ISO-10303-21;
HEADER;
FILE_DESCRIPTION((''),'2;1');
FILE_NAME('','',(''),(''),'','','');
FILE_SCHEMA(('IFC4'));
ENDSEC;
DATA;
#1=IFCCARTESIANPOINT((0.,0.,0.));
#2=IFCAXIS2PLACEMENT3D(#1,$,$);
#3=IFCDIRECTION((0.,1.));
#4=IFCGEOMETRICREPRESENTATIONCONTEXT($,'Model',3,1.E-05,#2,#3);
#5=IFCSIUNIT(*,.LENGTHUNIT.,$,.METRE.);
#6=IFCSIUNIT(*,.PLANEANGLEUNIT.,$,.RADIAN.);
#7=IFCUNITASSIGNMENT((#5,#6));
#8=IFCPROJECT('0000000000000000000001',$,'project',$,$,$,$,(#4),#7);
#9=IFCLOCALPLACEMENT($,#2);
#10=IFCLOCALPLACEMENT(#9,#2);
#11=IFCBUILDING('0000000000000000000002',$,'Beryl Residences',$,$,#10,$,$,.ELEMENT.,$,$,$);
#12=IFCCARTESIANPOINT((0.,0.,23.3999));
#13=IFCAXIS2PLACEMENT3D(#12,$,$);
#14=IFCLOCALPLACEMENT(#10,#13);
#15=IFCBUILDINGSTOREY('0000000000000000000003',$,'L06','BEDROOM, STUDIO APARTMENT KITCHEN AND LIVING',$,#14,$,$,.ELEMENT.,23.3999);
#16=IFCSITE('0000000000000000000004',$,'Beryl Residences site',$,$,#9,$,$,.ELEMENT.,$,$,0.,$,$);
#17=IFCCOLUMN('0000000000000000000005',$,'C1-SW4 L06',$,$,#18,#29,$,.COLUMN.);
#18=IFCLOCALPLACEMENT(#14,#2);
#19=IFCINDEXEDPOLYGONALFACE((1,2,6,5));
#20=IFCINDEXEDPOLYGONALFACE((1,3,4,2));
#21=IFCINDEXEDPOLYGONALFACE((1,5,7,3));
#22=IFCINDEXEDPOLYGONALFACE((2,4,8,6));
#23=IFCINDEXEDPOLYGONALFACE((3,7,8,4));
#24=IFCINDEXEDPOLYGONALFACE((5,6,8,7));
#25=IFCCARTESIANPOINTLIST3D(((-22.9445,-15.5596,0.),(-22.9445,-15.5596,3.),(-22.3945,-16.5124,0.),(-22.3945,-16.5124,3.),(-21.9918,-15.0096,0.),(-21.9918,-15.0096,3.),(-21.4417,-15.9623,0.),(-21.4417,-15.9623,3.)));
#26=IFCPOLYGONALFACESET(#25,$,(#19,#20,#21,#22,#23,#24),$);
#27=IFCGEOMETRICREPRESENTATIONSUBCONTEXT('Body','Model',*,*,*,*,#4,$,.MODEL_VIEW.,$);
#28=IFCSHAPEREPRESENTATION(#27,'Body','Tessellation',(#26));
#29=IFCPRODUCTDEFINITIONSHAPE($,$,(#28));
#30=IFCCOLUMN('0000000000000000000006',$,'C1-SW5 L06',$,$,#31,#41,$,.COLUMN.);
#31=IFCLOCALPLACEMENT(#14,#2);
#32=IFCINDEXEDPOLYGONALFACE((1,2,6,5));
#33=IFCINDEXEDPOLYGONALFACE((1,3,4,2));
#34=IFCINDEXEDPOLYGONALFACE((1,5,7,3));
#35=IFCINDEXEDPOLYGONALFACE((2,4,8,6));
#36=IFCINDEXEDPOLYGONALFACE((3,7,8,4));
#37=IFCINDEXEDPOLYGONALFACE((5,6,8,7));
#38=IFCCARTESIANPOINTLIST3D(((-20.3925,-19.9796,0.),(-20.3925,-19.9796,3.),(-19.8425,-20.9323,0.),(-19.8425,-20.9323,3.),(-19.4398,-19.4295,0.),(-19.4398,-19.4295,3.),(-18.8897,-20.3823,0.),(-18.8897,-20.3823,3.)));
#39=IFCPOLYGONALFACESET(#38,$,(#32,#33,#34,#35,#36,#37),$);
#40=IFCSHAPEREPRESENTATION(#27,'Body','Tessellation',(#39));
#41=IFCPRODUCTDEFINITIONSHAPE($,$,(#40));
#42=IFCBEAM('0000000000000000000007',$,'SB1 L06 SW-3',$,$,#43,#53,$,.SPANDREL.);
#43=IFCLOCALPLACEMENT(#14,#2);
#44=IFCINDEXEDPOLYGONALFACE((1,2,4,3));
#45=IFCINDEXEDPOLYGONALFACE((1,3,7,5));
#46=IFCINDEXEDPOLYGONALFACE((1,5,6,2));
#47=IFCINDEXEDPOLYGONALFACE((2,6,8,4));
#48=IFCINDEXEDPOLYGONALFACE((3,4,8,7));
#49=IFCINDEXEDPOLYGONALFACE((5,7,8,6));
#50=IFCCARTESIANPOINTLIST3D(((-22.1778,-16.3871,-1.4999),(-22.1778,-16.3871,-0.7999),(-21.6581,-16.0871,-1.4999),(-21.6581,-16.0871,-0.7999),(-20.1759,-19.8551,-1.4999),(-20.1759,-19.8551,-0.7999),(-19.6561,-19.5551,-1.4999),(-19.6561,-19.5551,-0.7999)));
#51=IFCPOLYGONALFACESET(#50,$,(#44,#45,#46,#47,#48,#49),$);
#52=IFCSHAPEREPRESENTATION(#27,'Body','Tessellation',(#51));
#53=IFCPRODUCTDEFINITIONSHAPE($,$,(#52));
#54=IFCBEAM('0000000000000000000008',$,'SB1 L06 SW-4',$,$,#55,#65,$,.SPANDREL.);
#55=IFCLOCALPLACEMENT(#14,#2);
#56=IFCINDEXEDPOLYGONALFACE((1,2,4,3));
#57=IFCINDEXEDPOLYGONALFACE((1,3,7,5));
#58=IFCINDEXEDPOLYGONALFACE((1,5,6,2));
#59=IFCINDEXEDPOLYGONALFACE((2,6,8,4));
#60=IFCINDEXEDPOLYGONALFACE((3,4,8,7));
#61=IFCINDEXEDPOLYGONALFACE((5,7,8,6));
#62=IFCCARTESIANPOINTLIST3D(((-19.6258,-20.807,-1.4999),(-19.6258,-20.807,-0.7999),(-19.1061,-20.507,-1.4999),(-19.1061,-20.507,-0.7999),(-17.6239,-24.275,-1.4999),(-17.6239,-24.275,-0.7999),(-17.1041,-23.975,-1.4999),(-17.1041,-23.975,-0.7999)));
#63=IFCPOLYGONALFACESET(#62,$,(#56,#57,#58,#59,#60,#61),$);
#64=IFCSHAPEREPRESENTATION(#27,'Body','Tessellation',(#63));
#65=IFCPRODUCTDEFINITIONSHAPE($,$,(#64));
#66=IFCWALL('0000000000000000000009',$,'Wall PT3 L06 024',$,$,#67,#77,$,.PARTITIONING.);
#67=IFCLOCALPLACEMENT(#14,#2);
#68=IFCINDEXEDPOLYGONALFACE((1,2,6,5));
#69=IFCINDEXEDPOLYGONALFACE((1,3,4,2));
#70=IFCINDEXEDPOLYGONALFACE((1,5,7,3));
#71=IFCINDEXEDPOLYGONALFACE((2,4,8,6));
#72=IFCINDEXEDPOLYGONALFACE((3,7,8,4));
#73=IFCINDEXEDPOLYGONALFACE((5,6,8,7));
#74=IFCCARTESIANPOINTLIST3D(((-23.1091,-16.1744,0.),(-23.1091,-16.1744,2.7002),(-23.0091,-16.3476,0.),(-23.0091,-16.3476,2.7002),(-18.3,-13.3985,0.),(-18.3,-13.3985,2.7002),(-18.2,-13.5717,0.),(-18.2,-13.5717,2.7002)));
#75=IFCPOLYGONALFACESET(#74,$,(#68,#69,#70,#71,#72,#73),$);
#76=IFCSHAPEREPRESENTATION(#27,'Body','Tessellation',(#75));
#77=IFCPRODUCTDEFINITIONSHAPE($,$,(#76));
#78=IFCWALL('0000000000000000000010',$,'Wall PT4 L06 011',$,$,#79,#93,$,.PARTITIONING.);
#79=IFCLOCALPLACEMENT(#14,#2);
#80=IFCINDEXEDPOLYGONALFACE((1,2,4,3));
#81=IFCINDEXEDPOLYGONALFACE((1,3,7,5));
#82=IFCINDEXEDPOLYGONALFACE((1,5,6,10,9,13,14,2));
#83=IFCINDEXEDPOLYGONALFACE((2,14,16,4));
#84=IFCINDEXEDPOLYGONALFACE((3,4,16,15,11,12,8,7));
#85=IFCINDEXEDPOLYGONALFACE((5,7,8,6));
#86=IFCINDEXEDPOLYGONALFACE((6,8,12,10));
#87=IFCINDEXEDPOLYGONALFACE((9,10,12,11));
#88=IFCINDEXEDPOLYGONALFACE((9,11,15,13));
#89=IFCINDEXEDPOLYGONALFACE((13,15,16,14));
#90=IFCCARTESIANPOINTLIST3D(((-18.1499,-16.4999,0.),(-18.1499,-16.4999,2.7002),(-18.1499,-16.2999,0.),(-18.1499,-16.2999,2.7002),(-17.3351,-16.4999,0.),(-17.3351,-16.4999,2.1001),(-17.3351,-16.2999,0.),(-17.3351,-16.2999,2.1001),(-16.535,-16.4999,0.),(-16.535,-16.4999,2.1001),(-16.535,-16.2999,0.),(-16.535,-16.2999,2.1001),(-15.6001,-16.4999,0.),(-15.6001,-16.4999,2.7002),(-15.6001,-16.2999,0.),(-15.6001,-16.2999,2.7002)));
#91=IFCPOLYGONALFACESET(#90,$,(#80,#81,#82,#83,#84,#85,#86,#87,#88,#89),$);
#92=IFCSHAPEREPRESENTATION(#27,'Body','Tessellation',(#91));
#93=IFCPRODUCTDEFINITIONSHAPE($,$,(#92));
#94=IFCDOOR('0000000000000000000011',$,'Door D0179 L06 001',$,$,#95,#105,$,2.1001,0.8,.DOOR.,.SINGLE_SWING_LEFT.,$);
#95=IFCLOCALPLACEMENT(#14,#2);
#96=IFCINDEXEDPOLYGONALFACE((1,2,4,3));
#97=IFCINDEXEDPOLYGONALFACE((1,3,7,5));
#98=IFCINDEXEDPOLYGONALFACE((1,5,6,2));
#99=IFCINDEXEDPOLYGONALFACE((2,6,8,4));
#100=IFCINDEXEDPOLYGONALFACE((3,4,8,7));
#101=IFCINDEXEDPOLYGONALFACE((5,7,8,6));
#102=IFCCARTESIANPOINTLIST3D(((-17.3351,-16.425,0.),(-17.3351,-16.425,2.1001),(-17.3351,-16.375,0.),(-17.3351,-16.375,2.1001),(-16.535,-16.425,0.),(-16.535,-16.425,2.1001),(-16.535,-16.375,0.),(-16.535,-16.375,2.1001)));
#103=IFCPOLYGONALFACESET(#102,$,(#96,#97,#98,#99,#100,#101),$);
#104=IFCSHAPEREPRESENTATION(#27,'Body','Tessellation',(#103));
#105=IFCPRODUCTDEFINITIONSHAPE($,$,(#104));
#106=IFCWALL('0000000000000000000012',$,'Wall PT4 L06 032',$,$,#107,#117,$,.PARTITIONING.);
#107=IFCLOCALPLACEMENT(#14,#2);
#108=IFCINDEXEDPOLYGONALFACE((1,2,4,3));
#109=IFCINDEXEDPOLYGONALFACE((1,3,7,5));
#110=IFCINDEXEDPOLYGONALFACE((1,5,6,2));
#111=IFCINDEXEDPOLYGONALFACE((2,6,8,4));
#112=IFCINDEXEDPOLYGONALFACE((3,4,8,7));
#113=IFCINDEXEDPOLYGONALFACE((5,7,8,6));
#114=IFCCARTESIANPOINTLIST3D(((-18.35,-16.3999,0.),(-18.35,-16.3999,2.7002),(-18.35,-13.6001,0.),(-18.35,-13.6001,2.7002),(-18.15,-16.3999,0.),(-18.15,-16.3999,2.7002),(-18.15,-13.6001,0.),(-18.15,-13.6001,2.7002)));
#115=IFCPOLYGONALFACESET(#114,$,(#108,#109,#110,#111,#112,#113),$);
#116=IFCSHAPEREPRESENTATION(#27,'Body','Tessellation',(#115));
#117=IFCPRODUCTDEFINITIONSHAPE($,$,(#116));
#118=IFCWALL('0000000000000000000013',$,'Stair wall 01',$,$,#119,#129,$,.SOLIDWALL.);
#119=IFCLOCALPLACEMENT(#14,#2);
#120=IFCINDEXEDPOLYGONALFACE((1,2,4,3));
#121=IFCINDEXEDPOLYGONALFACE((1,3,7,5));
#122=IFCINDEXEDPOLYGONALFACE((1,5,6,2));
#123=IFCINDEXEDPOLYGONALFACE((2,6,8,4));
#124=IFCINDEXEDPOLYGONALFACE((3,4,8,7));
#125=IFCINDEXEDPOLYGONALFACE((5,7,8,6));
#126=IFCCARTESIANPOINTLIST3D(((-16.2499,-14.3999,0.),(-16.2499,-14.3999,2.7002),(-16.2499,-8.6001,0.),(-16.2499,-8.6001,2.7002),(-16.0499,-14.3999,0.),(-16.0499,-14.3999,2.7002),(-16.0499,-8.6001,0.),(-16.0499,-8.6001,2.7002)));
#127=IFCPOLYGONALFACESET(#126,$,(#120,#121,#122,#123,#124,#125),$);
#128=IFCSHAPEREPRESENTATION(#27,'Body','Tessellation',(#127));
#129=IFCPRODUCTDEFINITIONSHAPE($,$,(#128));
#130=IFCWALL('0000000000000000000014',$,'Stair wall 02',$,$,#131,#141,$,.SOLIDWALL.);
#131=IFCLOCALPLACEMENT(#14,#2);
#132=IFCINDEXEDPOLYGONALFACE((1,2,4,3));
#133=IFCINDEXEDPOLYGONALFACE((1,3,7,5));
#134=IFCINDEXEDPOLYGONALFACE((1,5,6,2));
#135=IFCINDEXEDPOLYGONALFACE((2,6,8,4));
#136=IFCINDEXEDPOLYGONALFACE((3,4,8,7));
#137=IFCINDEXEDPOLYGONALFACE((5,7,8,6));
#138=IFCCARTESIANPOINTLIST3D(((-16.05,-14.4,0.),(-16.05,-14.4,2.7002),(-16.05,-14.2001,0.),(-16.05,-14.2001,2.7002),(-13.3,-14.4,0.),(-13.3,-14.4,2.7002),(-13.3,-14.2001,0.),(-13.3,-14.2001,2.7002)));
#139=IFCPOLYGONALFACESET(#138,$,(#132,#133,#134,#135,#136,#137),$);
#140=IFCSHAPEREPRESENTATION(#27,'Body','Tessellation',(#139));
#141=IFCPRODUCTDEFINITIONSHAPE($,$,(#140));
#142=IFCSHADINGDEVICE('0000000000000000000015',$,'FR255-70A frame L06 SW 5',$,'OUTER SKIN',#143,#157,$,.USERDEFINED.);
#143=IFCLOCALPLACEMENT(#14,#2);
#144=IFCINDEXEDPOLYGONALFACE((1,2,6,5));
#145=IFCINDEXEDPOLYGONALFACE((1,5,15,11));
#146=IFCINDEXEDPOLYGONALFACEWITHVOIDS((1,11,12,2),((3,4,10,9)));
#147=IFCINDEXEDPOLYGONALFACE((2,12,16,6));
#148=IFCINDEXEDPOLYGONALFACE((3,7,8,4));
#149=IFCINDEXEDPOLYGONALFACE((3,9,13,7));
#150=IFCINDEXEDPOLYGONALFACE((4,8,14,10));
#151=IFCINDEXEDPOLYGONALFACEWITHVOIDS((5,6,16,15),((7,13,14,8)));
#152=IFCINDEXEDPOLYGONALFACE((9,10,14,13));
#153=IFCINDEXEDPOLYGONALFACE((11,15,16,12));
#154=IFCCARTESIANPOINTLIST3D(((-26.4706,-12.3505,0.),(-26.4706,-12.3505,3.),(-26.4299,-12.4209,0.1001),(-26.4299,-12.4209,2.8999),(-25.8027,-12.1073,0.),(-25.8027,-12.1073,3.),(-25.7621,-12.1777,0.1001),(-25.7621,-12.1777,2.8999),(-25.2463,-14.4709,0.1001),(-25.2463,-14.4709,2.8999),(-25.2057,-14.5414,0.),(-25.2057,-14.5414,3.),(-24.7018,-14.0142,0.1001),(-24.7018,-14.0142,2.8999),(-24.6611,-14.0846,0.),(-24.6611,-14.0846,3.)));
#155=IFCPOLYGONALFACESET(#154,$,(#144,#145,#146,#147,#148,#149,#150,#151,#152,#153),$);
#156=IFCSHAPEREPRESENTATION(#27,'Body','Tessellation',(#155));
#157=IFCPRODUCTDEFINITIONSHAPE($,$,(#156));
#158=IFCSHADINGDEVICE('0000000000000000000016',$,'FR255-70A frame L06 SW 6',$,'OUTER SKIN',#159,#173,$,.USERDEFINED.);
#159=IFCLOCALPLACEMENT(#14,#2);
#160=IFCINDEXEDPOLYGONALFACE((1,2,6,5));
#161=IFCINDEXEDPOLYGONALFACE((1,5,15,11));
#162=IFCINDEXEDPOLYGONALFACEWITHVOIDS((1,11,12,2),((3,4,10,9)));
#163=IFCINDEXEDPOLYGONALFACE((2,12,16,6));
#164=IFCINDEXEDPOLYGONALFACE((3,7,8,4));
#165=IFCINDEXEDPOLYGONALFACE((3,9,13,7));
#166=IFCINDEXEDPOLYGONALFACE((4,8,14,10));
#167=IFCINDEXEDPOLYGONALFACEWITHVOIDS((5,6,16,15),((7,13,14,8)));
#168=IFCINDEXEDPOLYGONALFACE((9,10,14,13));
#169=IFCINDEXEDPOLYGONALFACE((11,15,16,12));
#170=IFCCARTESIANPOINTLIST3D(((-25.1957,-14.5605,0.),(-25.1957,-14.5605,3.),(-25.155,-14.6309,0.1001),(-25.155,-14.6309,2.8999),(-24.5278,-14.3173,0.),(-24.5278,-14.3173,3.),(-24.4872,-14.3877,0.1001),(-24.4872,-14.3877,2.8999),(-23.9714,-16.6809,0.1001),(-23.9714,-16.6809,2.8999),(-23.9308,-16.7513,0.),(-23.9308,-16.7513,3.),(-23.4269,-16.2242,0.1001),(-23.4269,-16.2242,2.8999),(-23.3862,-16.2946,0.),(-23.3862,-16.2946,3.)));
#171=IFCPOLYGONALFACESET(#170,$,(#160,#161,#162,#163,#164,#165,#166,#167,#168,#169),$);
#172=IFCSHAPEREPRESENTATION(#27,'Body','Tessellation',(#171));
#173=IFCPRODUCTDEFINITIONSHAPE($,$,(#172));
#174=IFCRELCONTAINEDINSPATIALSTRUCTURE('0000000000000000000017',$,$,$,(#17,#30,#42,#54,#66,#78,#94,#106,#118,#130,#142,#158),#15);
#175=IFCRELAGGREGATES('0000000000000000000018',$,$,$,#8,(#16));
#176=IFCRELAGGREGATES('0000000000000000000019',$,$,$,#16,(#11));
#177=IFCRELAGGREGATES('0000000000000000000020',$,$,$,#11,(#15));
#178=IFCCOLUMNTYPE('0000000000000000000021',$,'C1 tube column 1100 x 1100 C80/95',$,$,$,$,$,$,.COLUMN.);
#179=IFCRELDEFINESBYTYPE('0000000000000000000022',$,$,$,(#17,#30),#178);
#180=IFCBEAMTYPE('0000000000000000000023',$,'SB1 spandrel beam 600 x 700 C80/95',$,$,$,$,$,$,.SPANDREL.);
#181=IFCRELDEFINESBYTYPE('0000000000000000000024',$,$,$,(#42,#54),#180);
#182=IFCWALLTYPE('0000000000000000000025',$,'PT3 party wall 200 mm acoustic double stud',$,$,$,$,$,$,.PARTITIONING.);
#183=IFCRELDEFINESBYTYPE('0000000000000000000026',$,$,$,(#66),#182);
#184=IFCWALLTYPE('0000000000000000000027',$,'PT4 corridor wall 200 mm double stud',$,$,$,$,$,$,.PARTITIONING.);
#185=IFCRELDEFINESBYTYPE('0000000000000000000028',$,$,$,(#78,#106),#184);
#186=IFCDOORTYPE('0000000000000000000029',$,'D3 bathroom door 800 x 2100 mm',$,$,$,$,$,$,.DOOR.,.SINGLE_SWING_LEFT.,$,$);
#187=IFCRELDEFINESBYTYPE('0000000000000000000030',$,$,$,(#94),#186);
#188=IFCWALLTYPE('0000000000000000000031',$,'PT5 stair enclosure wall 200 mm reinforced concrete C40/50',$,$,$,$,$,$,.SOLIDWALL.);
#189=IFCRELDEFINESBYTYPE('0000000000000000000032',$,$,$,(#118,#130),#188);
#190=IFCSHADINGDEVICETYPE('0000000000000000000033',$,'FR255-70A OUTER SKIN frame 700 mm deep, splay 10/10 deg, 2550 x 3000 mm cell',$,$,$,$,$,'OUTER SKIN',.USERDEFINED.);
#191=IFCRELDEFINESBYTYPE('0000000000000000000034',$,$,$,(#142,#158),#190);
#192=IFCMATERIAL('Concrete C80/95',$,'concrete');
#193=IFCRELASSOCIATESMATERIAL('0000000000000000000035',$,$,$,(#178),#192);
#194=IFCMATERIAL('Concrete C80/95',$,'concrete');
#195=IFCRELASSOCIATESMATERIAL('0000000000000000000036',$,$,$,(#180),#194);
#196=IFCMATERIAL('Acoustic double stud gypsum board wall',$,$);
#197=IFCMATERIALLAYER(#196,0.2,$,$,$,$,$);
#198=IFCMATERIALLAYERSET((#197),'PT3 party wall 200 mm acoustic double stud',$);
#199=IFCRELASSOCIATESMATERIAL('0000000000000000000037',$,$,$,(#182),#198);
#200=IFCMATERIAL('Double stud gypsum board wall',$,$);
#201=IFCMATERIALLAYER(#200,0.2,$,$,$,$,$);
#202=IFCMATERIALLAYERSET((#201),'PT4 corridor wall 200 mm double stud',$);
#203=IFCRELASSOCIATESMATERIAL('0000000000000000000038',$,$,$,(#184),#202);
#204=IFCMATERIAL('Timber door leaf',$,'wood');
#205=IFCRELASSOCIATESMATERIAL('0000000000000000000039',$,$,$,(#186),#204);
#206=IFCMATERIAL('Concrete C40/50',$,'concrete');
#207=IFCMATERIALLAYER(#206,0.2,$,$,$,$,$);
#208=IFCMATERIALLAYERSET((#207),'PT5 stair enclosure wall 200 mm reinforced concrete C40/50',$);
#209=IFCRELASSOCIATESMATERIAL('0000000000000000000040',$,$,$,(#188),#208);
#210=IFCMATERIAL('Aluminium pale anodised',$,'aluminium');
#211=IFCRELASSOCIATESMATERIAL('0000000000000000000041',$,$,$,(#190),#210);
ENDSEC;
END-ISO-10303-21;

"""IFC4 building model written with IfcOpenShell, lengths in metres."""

from ifc_helpers import new_model, entity, si_unit, direction, frame, frame_2d, origin, origin_2d, place, context, subcontext, project, spatial, rectangle, extrude, source, transform, mapped, material, layer, layer_set, material_profile, profile_set, type_object, type_shapes, element, fill, save


model = new_model("IFC4")

# Units and contexts
model_context = context("Model", 3, precision=1e-05, world=origin(), true_north=direction((0.0, 1.0)))
body_context = subcontext(model_context, "Body", "Model", "MODEL_VIEW")
ifc_project = project(units=[si_unit("LENGTHUNIT", "METRE"), si_unit("PLANEANGLEUNIT", "RADIAN")], contexts=[model_context])

# Site, building, storey
site_placement = place(None, origin())
site = spatial("IfcSite", under=ifc_project, at=site_placement, Name="Beryl Residences site", CompositionType="ELEMENT", RefElevation=0.0)
building_placement = place(site_placement, origin())
building = spatial("IfcBuilding", under=site, at=building_placement, Name="Beryl Residences", CompositionType="ELEMENT")
storey_placement = place(building_placement, frame((0.0, 0.0, 23.3999)))
storey = spatial("IfcBuildingStorey", under=building, at=storey_placement, Name="L06", Description="BEDROOM, STUDIO APARTMENT KITCHEN AND LIVING", CompositionType="ELEMENT", Elevation=23.3999)

# Columns
ifc_material_1 = material(Name="Concrete C80/95", Category="concrete")
ifc_material_profile_1 = material_profile(ifc_material_1, rectangle(XDim=1.1001, YDim=1.1001, at=origin_2d()))
ifc_profile_set_1 = profile_set([ifc_material_profile_1], Name="Concrete C80/95")
column_type = type_object("IfcColumnType", Name="C1 tube column 1100 x 1100 C80/95", PredefinedType="COLUMN", material=ifc_profile_set_1)
for number, where, z_axis, x_axis, name in (
    (1, (-22.1931, -15.761, 0.0), (0.0, 0.0, 1.0), (0.499985, -0.866034, 0.0), "C1-SW4 L06"),
    (2, (-19.6411, -20.1809, 0.0), (0.0, 0.0, 1.0), (0.499985, -0.866034, 0.0), "C1-SW5 L06"),
):
    element("IfcColumn", number, at=place(storey_placement, frame(where, z_axis=z_axis, x_axis=x_axis)), inside=storey, type_object=column_type, Name=name, PredefinedType="COLUMN", context=body_context, shape_type="SweptSolid", body=[
        extrude(rectangle(XDim=1.1001, YDim=1.1001, at=origin_2d()), origin(), (0.0, 0.0, 1.0), 3.0),
    ])

# Beams
ifc_material_2 = material(Name="Concrete C80/95", Category="concrete")
ifc_material_profile_2 = material_profile(ifc_material_2, rectangle(XDim=0.6001, YDim=0.7, at=origin_2d()))
ifc_profile_set_2 = profile_set([ifc_material_profile_2], Name="Concrete C80/95")
beam_type = type_object("IfcBeamType", Name="SB1 spandrel beam 600 x 700 C80/95", PredefinedType="SPANDREL", material=ifc_profile_set_2)
for number, where, z_axis, x_axis, name in (
    (3, (-21.918, -16.2371, -1.1499), (0.499942, -0.866059, 0.0), (0.866059, 0.499942, 0.0), "SB1 L06 SW-3"),
    (4, (-19.366, -20.657, -1.1499), (0.499942, -0.866059, 0.0), (0.866059, 0.499942, 0.0), "SB1 L06 SW-4"),
):
    element("IfcBeam", number, at=place(storey_placement, frame(where, z_axis=z_axis, x_axis=x_axis)), inside=storey, type_object=beam_type, Name=name, PredefinedType="SPANDREL", context=body_context, shape_type="SweptSolid", body=[
        extrude(rectangle(XDim=0.6001, YDim=0.7, at=origin_2d()), origin(), (0.0, 0.0, 1.0), 4.0044),
    ])

# Wall
ifc_material_3 = material(Name="Acoustic double stud gypsum board wall")
ifc_layer_1 = layer(ifc_material_3, 0.2)
ifc_layer_set_1 = layer_set([ifc_layer_1], Name="PT3 party wall 200 mm acoustic double stud")
wall_type_1 = type_object("IfcWallType", Name="PT3 party wall 200 mm acoustic double stud", PredefinedType="PARTITIONING", material=ifc_layer_set_1)
wall_1_placement = place(storey_placement, frame((-23.0591, -16.261, 0.0), z_axis=(0.0, 0.0, 1.0), x_axis=(0.866076, 0.499913, 0.0)))
element("IfcWall", 5, at=wall_1_placement, inside=storey, type_object=wall_type_1, Name="Wall PT3 L06 024", PredefinedType="PARTITIONING", context=body_context, shape_type="SweptSolid", body=[
    extrude(rectangle(XDim=5.5527, YDim=0.2, at=frame_2d((2.7764, 0.0))), origin(), (0.0, 0.0, 1.0), 2.7002),
])

# Wall, opening, door
ifc_material_4 = material(Name="Double stud gypsum board wall")
ifc_layer_2 = layer(ifc_material_4, 0.2)
ifc_layer_set_2 = layer_set([ifc_layer_2], Name="PT4 corridor wall 200 mm double stud")
wall_type_2 = type_object("IfcWallType", Name="PT4 corridor wall 200 mm double stud", PredefinedType="PARTITIONING", material=ifc_layer_set_2)
wall_2_placement = place(storey_placement, frame((-18.1499, -16.3999, 0.0), z_axis=(0.0, 0.0, 1.0), x_axis=(1.0, 0.0, 0.0)))
wall_2 = element("IfcWall", 6, at=wall_2_placement, inside=storey, type_object=wall_type_2, Name="Wall PT4 L06 011", PredefinedType="PARTITIONING", context=body_context, shape_type="SweptSolid", body=[
    extrude(rectangle(XDim=2.5498, YDim=0.2, at=frame_2d((1.2749, 0.0))), origin(), (0.0, 0.0, 1.0), 2.7002),
])
opening_placement = place(wall_2_placement, frame((0.8149, 0.0, 0.0)))
opening = element("IfcOpeningElement", 7, at=opening_placement, cuts=wall_2, PredefinedType="OPENING", context=body_context, shape_type="SweptSolid", body=[
    extrude(rectangle(XDim=0.8, YDim=2.1001, at=frame_2d((0.3999, 1.05))), frame((0.0, 0.1099, 0.0), z_axis=(0.0, -1.0, 0.0), x_axis=(1.0, 0.0, 0.0)), (0.0, 0.0, 1.0), 0.22),
])
ifc_material_5 = material(Name="Timber door leaf", Category="wood")
door_type = type_object("IfcDoorType", Name="D3 bathroom door 800 x 2100 mm", OperationType="SINGLE_SWING_LEFT", PredefinedType="DOOR", material=ifc_material_5)
door_placement = place(opening_placement, origin())
door = element("IfcDoor", 8, at=door_placement, inside=storey, type_object=door_type, Name="Door D0179 L06 001", OperationType="SINGLE_SWING_LEFT", OverallHeight=2.1001, OverallWidth=0.8, PredefinedType="DOOR", context=body_context, shape_type="SweptSolid", body=[
    extrude(rectangle(XDim=0.8, YDim=2.1001, at=frame_2d((0.3999, 1.05))), frame((0.0, 0.0249, 0.0), z_axis=(0.0, -1.0, 0.0), x_axis=(1.0, 0.0, 0.0)), (0.0, 0.0, 1.0), 0.05),
])
fill(opening, door)

# Walls
wall_3_placement = place(storey_placement, frame((-18.25, -16.3999, 0.0), z_axis=(0.0, 0.0, 1.0), x_axis=(0.0, 1.0, 0.0)))
element("IfcWall", 9, at=wall_3_placement, inside=storey, type_object=wall_type_2, Name="Wall PT4 L06 032", PredefinedType="PARTITIONING", context=body_context, shape_type="SweptSolid", body=[
    extrude(rectangle(XDim=2.7998, YDim=0.2, at=frame_2d((1.3999, 0.0))), origin(), (0.0, 0.0, 1.0), 2.7002),
])
ifc_material_6 = material(Name="Concrete C40/50", Category="concrete")
ifc_layer_3 = layer(ifc_material_6, 0.2)
ifc_layer_set_3 = layer_set([ifc_layer_3], Name="PT5 stair enclosure wall 200 mm reinforced concrete C40/50")
wall_type_3 = type_object("IfcWallType", Name="PT5 stair enclosure wall 200 mm reinforced concrete C40/50", PredefinedType="SOLIDWALL", material=ifc_layer_set_3)
wall_4_placement = place(storey_placement, frame((-16.1499, -14.3999, 0.0), z_axis=(0.0, 0.0, 1.0), x_axis=(0.0, 1.0, 0.0)))
element("IfcWall", 10, at=wall_4_placement, inside=storey, type_object=wall_type_3, Name="Stair wall 01", PredefinedType="SOLIDWALL", context=body_context, shape_type="SweptSolid", body=[
    extrude(rectangle(XDim=5.7998, YDim=0.2, at=frame_2d((2.8999, 0.0))), origin(), (0.0, 0.0, 1.0), 2.7002),
])
wall_5_placement = place(storey_placement, frame((-16.05, -14.3, 0.0), z_axis=(0.0, 0.0, 1.0), x_axis=(1.0, 0.0, 0.0)))
element("IfcWall", 11, at=wall_5_placement, inside=storey, type_object=wall_type_3, Name="Stair wall 02", PredefinedType="SOLIDWALL", context=body_context, shape_type="SweptSolid", body=[
    extrude(rectangle(XDim=2.75, YDim=0.2, at=frame_2d((1.375, 0.0))), origin(), (0.0, 0.0, 1.0), 2.7002),
])

# Shading devices
ifc_material_7 = material(Name="Aluminium pale anodised", Category="aluminium")
shading_device_type = type_object("IfcShadingDeviceType", Name="FR255-70A OUTER SKIN frame 700 mm deep, splay 10/10 deg, 2550 x 3000 mm cell", ElementType="OUTER SKIN", PredefinedType="USERDEFINED", material=ifc_material_7)
cartesian_point_1 = entity("IfcCartesianPoint", [-1.1416, 0.0])
cartesian_point_2 = entity("IfcCartesianPoint", [-1.0603, 0.1001])
cartesian_point_3 = entity("IfcCartesianPoint", [-1.2649, 0.0])
cartesian_point_4 = entity("IfcCartesianPoint", [-1.1836, 0.1001])
shared_shape = source(origin(), body_context, "Body", "SweptSolid", [
    entity("IfcExtrudedAreaSolidTapered", entity("IfcArbitraryProfileDefWithVoids", "AREA", None, entity("IfcPolyline", [cartesian_point_1, entity("IfcCartesianPoint", [1.1416, 0.0]), entity("IfcCartesianPoint", [1.1416, 3.0]), entity("IfcCartesianPoint", [-1.1416, 3.0]), cartesian_point_1]), [entity("IfcPolyline", [cartesian_point_2, entity("IfcCartesianPoint", [1.0603, 0.1001]), entity("IfcCartesianPoint", [1.0603, 2.8999]), entity("IfcCartesianPoint", [-1.0603, 2.8999]), cartesian_point_2])]), entity("IfcAxis2Placement3D", entity("IfcCartesianPoint", [0.0, 0.0, 0.0]), entity("IfcDirection", [0.0, 1.0, 0.0]), entity("IfcDirection", [-1.0, 0.0, 0.0])), entity("IfcDirection", [0.0, 0.0, 1.0]), 0.7, entity("IfcArbitraryProfileDefWithVoids", "AREA", None, entity("IfcPolyline", [cartesian_point_3, entity("IfcCartesianPoint", [1.2649, 0.0]), entity("IfcCartesianPoint", [1.2649, 3.0]), entity("IfcCartesianPoint", [-1.2649, 3.0]), cartesian_point_3]), [entity("IfcPolyline", [cartesian_point_4, entity("IfcCartesianPoint", [1.1836, 0.1001]), entity("IfcCartesianPoint", [1.1836, 2.8999]), entity("IfcCartesianPoint", [-1.1836, 2.8999]), cartesian_point_4])])),
])
type_shapes(shading_device_type, [shared_shape])
for number, where, z_axis, x_axis, name in (
    (12, (-25.2319, -13.0959, 0.0), (0.0, 0.0, 1.0), (-0.5, 0.866025, 0.0), "FR255-70A frame L06 SW 5"),
    (13, (-23.957, -15.3059, 0.0), (0.0, 0.0, 1.0), (-0.5, 0.866025, 0.0), "FR255-70A frame L06 SW 6"),
):
    element("IfcShadingDevice", number, at=place(storey_placement, frame(where, z_axis=z_axis, x_axis=x_axis)), inside=storey, type_object=shading_device_type, Name=name, ObjectType="OUTER SKIN", PredefinedType="USERDEFINED", context=body_context, shape_type="MappedRepresentation", body=[
        mapped(shared_shape, transform((0.0, 0.0, 0.0))),
    ])

save(model, "model.ifc")
